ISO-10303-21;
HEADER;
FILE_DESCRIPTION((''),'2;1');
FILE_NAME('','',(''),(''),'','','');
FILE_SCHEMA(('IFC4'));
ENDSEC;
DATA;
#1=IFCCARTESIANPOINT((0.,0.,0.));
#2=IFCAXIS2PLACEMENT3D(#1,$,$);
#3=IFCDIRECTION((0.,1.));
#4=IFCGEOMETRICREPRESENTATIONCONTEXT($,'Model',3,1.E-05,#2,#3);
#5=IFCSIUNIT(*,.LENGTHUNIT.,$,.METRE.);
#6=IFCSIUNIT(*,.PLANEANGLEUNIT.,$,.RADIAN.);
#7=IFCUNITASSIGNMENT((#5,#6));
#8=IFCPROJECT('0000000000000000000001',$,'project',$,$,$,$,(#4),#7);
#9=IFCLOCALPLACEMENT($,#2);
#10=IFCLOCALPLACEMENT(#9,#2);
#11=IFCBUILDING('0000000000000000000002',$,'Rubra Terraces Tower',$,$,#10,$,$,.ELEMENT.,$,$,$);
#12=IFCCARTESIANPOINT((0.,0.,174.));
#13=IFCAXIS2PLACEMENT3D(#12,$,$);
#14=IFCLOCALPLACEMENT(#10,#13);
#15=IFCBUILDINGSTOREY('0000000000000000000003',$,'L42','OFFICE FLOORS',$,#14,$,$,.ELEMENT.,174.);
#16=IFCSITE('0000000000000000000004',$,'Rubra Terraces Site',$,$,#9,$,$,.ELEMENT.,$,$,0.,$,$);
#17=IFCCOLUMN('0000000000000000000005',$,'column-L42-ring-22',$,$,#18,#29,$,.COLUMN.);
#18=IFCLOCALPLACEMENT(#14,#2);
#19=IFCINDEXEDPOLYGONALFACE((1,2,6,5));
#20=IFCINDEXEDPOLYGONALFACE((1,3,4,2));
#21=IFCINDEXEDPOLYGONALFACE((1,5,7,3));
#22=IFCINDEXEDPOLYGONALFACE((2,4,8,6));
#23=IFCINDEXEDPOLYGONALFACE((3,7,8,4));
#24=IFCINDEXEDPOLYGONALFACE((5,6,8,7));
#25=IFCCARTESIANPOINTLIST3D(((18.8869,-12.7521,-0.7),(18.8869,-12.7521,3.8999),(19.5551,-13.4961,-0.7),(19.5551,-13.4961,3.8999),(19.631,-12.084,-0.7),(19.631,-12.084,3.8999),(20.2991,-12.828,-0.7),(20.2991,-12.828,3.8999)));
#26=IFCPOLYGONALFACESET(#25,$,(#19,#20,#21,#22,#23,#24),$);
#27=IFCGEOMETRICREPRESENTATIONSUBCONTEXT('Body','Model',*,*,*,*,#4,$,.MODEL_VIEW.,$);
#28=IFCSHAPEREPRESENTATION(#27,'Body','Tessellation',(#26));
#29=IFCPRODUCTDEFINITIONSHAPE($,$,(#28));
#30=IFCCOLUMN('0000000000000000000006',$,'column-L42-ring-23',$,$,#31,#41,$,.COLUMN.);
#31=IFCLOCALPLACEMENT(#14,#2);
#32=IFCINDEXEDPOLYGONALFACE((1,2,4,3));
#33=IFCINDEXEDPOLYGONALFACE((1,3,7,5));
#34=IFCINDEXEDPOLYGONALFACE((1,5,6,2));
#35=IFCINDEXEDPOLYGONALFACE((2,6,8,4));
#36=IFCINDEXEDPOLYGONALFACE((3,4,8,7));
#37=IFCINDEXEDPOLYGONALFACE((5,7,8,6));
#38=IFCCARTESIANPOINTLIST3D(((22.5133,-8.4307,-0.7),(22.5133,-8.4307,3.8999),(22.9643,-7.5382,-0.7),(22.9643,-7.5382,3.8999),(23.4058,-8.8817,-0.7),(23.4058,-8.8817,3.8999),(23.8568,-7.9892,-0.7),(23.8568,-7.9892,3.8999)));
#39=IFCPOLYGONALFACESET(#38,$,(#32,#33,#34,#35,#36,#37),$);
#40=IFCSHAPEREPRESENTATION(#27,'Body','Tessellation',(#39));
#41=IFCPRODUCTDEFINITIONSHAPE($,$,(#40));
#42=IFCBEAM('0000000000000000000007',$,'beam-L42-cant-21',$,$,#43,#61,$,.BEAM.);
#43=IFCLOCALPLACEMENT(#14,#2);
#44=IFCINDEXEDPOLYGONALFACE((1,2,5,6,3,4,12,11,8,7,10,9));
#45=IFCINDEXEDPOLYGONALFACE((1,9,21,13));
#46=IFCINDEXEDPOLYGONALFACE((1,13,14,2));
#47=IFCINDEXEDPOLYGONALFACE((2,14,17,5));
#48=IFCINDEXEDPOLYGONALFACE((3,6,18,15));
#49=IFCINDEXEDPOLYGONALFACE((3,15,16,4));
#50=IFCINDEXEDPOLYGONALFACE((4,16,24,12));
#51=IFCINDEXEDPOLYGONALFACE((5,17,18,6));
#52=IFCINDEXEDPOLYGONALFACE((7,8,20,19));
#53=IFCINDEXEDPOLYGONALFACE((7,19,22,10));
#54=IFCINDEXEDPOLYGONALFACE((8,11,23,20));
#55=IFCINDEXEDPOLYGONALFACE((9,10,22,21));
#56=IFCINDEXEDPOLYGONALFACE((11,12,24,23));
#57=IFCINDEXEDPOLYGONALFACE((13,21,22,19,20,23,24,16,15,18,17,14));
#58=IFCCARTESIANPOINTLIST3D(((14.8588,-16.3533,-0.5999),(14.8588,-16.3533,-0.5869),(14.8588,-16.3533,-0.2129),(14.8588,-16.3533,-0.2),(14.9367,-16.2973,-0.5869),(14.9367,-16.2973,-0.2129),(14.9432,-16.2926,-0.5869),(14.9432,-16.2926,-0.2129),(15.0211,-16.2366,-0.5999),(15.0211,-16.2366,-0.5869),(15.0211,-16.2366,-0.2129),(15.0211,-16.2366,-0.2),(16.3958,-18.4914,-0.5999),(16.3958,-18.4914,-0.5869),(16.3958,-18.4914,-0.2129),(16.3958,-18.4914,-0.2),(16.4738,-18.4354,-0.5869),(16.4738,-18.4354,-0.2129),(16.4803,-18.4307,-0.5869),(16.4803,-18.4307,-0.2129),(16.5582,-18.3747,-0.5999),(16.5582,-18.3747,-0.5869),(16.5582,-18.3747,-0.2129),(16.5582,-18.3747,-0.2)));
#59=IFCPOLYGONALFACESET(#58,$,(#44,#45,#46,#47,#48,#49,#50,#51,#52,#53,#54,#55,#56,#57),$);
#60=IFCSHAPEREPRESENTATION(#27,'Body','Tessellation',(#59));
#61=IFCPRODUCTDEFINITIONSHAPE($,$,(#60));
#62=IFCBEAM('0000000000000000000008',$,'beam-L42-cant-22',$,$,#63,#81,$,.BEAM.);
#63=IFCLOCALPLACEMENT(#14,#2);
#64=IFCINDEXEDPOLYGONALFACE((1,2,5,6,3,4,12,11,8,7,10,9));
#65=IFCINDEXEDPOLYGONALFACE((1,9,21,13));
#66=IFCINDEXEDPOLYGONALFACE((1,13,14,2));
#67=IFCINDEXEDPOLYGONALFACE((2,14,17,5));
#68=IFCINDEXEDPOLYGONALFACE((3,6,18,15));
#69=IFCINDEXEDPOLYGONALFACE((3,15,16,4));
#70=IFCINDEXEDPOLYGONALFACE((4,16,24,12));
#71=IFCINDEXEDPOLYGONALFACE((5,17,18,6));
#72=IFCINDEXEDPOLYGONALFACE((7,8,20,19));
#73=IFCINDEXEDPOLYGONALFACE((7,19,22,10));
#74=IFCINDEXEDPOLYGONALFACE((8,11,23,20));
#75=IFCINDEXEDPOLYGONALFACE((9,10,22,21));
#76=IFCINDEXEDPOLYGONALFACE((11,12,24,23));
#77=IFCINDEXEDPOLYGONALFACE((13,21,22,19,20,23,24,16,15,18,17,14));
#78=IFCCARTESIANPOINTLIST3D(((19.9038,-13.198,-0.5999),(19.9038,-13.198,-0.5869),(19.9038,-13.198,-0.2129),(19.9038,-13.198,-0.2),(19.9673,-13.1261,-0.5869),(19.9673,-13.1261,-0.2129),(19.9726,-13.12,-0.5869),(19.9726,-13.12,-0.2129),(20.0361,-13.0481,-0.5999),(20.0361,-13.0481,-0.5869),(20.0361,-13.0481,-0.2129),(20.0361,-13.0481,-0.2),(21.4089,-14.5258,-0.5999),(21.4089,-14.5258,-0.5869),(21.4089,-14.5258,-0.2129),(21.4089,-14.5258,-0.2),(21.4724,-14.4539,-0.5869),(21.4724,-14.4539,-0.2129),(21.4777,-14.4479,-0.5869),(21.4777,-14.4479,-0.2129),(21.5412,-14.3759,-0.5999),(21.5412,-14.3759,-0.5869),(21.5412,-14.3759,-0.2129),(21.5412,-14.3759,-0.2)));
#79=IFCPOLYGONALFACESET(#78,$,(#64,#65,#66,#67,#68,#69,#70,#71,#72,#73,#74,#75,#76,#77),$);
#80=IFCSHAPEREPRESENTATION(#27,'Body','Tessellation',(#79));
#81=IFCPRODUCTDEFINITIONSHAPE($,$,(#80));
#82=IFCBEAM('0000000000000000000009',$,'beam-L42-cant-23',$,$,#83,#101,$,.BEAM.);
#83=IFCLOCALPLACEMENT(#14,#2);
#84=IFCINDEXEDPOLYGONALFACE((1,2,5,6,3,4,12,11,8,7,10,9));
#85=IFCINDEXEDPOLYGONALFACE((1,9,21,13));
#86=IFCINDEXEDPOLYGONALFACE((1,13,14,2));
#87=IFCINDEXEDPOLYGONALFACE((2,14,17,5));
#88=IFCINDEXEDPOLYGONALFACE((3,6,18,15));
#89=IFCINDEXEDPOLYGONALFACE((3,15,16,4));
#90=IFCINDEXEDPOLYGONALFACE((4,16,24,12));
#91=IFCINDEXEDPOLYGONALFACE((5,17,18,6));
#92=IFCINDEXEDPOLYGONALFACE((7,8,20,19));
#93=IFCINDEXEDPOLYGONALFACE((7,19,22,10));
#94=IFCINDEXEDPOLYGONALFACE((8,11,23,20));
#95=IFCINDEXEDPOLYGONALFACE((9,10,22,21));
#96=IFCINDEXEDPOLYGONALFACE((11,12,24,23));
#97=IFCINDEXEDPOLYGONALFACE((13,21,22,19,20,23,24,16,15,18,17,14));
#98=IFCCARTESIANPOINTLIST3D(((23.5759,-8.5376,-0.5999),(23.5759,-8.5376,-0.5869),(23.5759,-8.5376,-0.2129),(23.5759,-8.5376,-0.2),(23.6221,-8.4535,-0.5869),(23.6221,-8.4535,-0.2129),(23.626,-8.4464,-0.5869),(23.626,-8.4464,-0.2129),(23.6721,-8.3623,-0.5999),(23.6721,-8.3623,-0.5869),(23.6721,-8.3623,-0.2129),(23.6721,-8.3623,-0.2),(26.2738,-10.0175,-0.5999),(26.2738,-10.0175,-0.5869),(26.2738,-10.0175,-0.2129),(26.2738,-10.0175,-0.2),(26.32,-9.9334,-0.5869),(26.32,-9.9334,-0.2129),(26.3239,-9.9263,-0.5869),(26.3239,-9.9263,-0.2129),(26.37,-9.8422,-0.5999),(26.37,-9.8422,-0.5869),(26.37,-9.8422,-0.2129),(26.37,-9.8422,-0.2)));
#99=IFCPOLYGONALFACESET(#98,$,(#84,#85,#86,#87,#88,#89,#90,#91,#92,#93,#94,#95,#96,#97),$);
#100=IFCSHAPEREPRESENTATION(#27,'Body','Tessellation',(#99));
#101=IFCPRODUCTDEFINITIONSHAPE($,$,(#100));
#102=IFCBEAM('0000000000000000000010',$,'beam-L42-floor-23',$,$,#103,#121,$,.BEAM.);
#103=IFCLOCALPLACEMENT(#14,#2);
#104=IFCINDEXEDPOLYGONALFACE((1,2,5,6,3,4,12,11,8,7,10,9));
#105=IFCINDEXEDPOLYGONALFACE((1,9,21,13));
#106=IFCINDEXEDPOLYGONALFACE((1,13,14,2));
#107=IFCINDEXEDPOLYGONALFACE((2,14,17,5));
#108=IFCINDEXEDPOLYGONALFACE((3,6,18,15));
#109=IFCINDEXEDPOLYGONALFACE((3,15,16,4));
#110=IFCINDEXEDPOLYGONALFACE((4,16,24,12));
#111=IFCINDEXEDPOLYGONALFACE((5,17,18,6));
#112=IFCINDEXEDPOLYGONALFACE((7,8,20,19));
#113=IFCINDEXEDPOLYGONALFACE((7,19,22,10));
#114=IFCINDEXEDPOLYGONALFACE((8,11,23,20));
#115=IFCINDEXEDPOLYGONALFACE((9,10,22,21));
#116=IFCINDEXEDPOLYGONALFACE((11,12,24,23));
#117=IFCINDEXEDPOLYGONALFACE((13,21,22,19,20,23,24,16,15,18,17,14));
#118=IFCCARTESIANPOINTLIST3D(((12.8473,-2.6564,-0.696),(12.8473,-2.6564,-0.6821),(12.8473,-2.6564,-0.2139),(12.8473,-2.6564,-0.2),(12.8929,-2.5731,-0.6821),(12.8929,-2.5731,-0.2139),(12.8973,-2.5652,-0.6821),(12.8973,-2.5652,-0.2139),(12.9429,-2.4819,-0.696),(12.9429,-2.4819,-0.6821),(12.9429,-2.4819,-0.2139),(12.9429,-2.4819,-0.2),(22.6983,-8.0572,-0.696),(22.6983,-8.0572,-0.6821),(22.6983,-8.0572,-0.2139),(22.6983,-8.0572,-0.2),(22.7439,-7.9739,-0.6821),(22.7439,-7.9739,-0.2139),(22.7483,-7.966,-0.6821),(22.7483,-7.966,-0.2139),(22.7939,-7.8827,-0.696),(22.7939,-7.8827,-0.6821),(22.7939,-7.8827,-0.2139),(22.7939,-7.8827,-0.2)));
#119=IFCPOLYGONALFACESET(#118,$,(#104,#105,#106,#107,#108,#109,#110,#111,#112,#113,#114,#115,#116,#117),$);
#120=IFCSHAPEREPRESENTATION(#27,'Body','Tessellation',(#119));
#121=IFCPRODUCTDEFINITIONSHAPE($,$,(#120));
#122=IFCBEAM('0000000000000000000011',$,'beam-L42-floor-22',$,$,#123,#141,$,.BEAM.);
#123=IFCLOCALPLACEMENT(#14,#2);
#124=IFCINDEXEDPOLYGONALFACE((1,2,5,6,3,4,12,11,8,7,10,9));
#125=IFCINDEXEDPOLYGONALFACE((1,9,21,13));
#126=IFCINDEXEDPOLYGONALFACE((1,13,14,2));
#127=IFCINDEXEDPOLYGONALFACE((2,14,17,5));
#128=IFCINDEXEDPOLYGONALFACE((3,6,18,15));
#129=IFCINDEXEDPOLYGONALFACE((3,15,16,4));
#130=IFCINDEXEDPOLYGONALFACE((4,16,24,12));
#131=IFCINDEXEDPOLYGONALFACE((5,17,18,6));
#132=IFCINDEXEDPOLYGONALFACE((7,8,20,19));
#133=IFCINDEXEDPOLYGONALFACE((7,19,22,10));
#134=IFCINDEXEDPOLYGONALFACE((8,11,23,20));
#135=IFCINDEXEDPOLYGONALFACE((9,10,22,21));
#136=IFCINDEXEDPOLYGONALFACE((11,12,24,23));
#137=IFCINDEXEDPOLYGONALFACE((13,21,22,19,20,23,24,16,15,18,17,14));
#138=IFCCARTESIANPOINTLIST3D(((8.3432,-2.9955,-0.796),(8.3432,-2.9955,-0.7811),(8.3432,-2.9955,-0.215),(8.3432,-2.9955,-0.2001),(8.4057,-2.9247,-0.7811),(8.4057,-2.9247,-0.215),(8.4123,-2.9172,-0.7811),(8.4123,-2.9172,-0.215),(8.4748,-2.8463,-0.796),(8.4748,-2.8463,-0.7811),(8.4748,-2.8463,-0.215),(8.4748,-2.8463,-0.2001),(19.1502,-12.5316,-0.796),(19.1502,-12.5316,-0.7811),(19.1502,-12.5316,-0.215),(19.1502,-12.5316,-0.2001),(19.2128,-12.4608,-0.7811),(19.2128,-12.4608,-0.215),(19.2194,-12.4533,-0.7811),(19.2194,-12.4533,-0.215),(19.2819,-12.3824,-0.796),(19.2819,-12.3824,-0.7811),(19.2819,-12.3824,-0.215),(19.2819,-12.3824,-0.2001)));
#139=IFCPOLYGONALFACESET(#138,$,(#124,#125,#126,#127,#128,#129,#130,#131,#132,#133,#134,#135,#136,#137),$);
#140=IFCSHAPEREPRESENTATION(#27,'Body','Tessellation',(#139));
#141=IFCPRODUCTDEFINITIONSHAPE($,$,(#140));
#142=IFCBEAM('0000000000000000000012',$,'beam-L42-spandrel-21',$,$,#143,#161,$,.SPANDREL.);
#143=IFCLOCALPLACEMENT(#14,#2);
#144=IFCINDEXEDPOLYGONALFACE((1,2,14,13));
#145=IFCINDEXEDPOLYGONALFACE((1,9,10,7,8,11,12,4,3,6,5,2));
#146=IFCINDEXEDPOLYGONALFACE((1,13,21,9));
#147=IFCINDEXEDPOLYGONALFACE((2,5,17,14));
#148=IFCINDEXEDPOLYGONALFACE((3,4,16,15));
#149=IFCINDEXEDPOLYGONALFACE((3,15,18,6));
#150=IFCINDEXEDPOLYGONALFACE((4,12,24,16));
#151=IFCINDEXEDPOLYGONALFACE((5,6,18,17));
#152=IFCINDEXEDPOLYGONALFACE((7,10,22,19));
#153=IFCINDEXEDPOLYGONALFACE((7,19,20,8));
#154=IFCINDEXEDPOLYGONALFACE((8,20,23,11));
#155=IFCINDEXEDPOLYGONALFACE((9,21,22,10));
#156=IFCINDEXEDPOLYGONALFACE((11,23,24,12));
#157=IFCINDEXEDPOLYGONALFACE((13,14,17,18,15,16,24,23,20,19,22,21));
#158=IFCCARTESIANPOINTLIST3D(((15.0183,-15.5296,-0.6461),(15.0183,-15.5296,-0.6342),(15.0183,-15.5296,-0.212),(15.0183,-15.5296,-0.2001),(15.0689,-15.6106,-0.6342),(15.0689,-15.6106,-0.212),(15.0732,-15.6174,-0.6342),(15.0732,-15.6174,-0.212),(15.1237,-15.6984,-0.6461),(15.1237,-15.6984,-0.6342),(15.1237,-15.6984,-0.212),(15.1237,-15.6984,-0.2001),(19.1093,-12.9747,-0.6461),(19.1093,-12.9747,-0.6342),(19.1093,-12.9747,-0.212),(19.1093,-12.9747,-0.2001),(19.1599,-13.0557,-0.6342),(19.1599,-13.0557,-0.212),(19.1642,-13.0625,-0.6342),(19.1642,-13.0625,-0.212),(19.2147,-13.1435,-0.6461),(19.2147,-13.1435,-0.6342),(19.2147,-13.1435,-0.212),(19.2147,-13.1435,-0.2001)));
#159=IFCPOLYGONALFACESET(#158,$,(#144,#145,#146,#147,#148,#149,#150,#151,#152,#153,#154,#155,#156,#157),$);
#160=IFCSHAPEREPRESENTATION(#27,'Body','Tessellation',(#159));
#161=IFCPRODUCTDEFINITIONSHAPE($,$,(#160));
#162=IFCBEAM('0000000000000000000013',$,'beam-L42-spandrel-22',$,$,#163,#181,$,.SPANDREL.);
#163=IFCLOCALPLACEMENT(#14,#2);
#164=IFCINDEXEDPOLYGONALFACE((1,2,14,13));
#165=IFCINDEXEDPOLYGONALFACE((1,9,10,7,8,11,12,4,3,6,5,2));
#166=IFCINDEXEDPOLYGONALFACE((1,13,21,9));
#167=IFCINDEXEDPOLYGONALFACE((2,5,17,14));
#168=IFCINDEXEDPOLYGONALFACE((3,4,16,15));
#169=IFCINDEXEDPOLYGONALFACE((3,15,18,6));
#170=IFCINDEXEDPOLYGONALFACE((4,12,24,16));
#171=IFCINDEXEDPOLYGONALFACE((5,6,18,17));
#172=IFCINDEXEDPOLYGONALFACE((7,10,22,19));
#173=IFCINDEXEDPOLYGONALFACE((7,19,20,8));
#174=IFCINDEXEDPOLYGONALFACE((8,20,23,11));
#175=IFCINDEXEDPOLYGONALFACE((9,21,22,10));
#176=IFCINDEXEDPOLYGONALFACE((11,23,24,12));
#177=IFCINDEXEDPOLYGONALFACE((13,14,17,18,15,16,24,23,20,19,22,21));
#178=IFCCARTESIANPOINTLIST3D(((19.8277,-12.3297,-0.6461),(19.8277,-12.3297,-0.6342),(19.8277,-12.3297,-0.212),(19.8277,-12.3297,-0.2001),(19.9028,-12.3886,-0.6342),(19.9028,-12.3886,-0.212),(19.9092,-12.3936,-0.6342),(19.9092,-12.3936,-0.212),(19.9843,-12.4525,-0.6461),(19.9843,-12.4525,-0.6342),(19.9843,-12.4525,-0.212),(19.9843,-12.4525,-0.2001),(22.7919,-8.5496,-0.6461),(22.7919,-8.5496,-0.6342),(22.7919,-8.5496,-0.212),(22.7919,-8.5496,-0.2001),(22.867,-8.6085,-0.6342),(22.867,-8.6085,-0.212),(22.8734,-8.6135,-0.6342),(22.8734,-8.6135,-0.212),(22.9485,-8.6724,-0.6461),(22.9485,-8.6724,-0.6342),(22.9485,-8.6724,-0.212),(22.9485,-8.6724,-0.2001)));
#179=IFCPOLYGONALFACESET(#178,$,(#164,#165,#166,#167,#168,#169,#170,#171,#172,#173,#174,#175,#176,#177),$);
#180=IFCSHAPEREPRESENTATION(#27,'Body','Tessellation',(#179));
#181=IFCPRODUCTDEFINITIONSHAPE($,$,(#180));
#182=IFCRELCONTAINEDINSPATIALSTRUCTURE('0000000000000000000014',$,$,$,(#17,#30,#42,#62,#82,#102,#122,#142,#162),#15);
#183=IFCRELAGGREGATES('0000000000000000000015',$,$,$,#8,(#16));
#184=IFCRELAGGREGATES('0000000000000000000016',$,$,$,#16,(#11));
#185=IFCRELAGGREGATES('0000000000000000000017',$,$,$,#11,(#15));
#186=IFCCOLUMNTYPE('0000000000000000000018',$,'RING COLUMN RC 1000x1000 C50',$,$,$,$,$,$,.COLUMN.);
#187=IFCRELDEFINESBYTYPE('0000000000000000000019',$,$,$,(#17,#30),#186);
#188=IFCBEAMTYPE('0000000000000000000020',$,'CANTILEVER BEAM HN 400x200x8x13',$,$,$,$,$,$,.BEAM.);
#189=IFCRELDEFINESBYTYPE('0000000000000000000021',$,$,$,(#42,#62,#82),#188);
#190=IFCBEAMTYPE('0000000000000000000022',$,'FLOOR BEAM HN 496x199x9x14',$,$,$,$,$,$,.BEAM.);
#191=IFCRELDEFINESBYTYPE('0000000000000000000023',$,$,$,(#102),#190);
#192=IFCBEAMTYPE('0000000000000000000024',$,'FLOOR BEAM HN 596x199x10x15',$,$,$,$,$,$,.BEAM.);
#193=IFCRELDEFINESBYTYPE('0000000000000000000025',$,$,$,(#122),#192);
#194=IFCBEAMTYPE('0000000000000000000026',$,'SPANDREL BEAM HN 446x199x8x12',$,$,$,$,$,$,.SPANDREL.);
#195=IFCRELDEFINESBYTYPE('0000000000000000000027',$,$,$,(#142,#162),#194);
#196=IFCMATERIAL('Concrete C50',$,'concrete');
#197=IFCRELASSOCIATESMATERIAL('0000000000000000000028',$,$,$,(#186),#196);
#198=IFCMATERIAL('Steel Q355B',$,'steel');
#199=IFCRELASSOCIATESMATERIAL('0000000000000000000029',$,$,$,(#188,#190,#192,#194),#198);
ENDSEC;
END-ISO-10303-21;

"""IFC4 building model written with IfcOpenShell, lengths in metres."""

from ifc_helpers import new_model, si_unit, direction, frame, origin, origin_2d, place, context, subcontext, project, spatial, rectangle, i_section, extrude, material, material_profile, profile_set, type_object, element, save


model = new_model("IFC4")

# Units and contexts
model_context = context("Model", 3, precision=1e-05, world=origin(), true_north=direction((0.0, 1.0)))
body_context = subcontext(model_context, "Body", "Model", "MODEL_VIEW")
ifc_project = project(units=[si_unit("LENGTHUNIT", "METRE"), si_unit("PLANEANGLEUNIT", "RADIAN")], contexts=[model_context])

# Site, building, storey
site_placement = place(None, origin())
site = spatial("IfcSite", under=ifc_project, at=site_placement, Name="Rubra Terraces Site", CompositionType="ELEMENT", RefElevation=0.0)
building_placement = place(site_placement, origin())
building = spatial("IfcBuilding", under=site, at=building_placement, Name="Rubra Terraces Tower", CompositionType="ELEMENT")
storey_placement = place(building_placement, frame((0.0, 0.0, 174.0)))
storey = spatial("IfcBuildingStorey", under=building, at=storey_placement, Name="L42", Description="OFFICE FLOORS", CompositionType="ELEMENT", Elevation=174.0)

# Columns
ifc_material_1 = material(Name="Concrete C50", Category="concrete")
ifc_material_profile_1 = material_profile(ifc_material_1, rectangle(XDim=1.0, YDim=1.0, at=origin_2d()), Name="RC 1000x1000")
ifc_profile_set_1 = profile_set([ifc_material_profile_1], Name="Concrete C50")
column_type = type_object("IfcColumnType", Name="RING COLUMN RC 1000x1000 C50", PredefinedType="COLUMN", material=ifc_profile_set_1)
for number, where, z_axis, x_axis, name in (
    (1, (19.593, -12.79, -0.7), (0.0, 0.0, 1.0), (0.744021, 0.668156, 0.0), "column-L42-ring-22"),
    (2, (23.1851, -8.21, -0.7), (0.0, 0.0, 1.0), (0.451028, 0.89251, 0.0), "column-L42-ring-23"),
):
    element("IfcColumn", number, at=place(storey_placement, frame(where, z_axis=z_axis, x_axis=x_axis)), inside=storey, type_object=column_type, Name=name, PredefinedType="COLUMN", context=body_context, shape_type="SweptSolid", body=[
        extrude(rectangle(XDim=1.0, YDim=1.0, at=origin_2d()), origin(), (0.0, 0.0, 1.0), 4.5999),
    ])

# Beams
ifc_material_2 = material(Name="Steel Q355B", Category="steel")
ifc_material_profile_2 = material_profile(ifc_material_2, i_section(OverallWidth=0.2, OverallDepth=0.3999, WebThickness=0.0081, FlangeThickness=0.0129, at=origin_2d()), Name="HN 400x200x8x13")
ifc_profile_set_2 = profile_set([ifc_material_profile_2], Name="Steel Q355B")
beam_type_1 = type_object("IfcBeamType", Name="CANTILEVER BEAM HN 400x200x8x13", PredefinedType="BEAM", material=ifc_profile_set_2)
beam_1_placement = place(storey_placement, frame((14.9399, -16.2949, -0.3999), z_axis=(0.583709, -0.811963, 0.0), x_axis=(0.811963, 0.583709, 0.0)))
element("IfcBeam", 3, at=beam_1_placement, inside=storey, type_object=beam_type_1, Name="beam-L42-cant-21", PredefinedType="BEAM", context=body_context, shape_type="SweptSolid", body=[
    extrude(i_section(OverallWidth=0.2, OverallDepth=0.3999, WebThickness=0.0081, FlangeThickness=0.0129, at=origin_2d()), origin(), (0.0, 0.0, 1.0), 2.6333),
])
beam_2_placement = place(storey_placement, frame((19.97, -13.123, -0.3999), z_axis=(0.74988, -0.661573, 0.0), x_axis=(0.661573, 0.74988, 0.0)))
element("IfcBeam", 4, at=beam_2_placement, inside=storey, type_object=beam_type_1, Name="beam-L42-cant-22", PredefinedType="BEAM", context=body_context, shape_type="SweptSolid", body=[
    extrude(i_section(OverallWidth=0.2, OverallDepth=0.3999, WebThickness=0.0081, FlangeThickness=0.0129, at=origin_2d()), origin(), (0.0, 0.0, 1.0), 2.0071),
])
beam_3_placement = place(storey_placement, frame((23.624, -8.45, -0.3999), z_axis=(0.876753, -0.480941, 0.0), x_axis=(0.480941, 0.876753, 0.0)))
element("IfcBeam", 5, at=beam_3_placement, inside=storey, type_object=beam_type_1, Name="beam-L42-cant-23", PredefinedType="BEAM", context=body_context, shape_type="SweptSolid", body=[
    extrude(i_section(OverallWidth=0.2, OverallDepth=0.3999, WebThickness=0.0081, FlangeThickness=0.0129, at=origin_2d()), origin(), (0.0, 0.0, 1.0), 3.0771),
])
ifc_material_profile_3 = material_profile(ifc_material_2, i_section(OverallWidth=0.199, OverallDepth=0.4961, WebThickness=0.009, FlangeThickness=0.0139, at=origin_2d()), Name="HN 496x199x9x14")
ifc_profile_set_3 = profile_set([ifc_material_profile_3], Name="Steel Q355B")
beam_type_2 = type_object("IfcBeamType", Name="FLOOR BEAM HN 496x199x9x14", PredefinedType="BEAM", material=ifc_profile_set_3)
beam_4_placement = place(storey_placement, frame((22.7461, -7.97, -0.448), z_axis=(-0.876862, 0.480742, 0.0), x_axis=(-0.480742, -0.876862, 0.0)))
element("IfcBeam", 6, at=beam_4_placement, inside=storey, type_object=beam_type_2, Name="beam-L42-floor-23", PredefinedType="BEAM", context=body_context, shape_type="SweptSolid", body=[
    extrude(i_section(OverallWidth=0.199, OverallDepth=0.4961, WebThickness=0.009, FlangeThickness=0.0139, at=origin_2d()), origin(), (0.0, 0.0, 1.0), 11.2344),
])
ifc_material_profile_4 = material_profile(ifc_material_2, i_section(OverallWidth=0.199, OverallDepth=0.5959, WebThickness=0.01, FlangeThickness=0.0149, at=origin_2d()), Name="HN 596x199x10x15")
ifc_profile_set_4 = profile_set([ifc_material_profile_4], Name="Steel Q355B")
beam_type_3 = type_object("IfcBeamType", Name="FLOOR BEAM HN 596x199x10x15", PredefinedType="BEAM", material=ifc_profile_set_4)
beam_5_placement = place(storey_placement, frame((19.2161, -12.457, -0.498), z_axis=(-0.749823, 0.661638, 0.0), x_axis=(-0.661638, -0.749823, 0.0)))
element("IfcBeam", 7, at=beam_5_placement, inside=storey, type_object=beam_type_3, Name="beam-L42-floor-22", PredefinedType="BEAM", context=body_context, shape_type="SweptSolid", body=[
    extrude(i_section(OverallWidth=0.199, OverallDepth=0.5959, WebThickness=0.01, FlangeThickness=0.0149, at=origin_2d()), origin(), (0.0, 0.0, 1.0), 14.4128),
])
ifc_material_profile_5 = material_profile(ifc_material_2, i_section(OverallWidth=0.199, OverallDepth=0.446, WebThickness=0.0081, FlangeThickness=0.012, at=origin_2d()), Name="HN 446x199x8x12")
ifc_profile_set_5 = profile_set([ifc_material_profile_5], Name="Steel Q355B")
beam_type_4 = type_object("IfcBeamType", Name="SPANDREL BEAM HN 446x199x8x12", PredefinedType="SPANDREL", material=ifc_profile_set_5)
beam_6_placement = place(storey_placement, frame((15.071, -15.614, -0.4231), z_axis=(0.848183, 0.529703, 0.0), x_axis=(-0.529703, 0.848183, 0.0)))
element("IfcBeam", 8, at=beam_6_placement, inside=storey, type_object=beam_type_4, Name="beam-L42-spandrel-21", PredefinedType="SPANDREL", context=body_context, shape_type="SweptSolid", body=[
    extrude(i_section(OverallWidth=0.199, OverallDepth=0.446, WebThickness=0.0081, FlangeThickness=0.012, at=origin_2d()), origin(), (0.0, 0.0, 1.0), 4.8232),
])
beam_7_placement = place(storey_placement, frame((19.906, -12.3911, -0.4231), z_axis=(0.61706, 0.786916, 0.0), x_axis=(-0.786916, 0.61706, 0.0)))
element("IfcBeam", 9, at=beam_7_placement, inside=storey, type_object=beam_type_4, Name="beam-L42-spandrel-22", PredefinedType="SPANDREL", context=body_context, shape_type="SweptSolid", body=[
    extrude(i_section(OverallWidth=0.199, OverallDepth=0.446, WebThickness=0.0081, FlangeThickness=0.012, at=origin_2d()), origin(), (0.0, 0.0, 1.0), 4.8037),
])

save(model, "model.ifc")
